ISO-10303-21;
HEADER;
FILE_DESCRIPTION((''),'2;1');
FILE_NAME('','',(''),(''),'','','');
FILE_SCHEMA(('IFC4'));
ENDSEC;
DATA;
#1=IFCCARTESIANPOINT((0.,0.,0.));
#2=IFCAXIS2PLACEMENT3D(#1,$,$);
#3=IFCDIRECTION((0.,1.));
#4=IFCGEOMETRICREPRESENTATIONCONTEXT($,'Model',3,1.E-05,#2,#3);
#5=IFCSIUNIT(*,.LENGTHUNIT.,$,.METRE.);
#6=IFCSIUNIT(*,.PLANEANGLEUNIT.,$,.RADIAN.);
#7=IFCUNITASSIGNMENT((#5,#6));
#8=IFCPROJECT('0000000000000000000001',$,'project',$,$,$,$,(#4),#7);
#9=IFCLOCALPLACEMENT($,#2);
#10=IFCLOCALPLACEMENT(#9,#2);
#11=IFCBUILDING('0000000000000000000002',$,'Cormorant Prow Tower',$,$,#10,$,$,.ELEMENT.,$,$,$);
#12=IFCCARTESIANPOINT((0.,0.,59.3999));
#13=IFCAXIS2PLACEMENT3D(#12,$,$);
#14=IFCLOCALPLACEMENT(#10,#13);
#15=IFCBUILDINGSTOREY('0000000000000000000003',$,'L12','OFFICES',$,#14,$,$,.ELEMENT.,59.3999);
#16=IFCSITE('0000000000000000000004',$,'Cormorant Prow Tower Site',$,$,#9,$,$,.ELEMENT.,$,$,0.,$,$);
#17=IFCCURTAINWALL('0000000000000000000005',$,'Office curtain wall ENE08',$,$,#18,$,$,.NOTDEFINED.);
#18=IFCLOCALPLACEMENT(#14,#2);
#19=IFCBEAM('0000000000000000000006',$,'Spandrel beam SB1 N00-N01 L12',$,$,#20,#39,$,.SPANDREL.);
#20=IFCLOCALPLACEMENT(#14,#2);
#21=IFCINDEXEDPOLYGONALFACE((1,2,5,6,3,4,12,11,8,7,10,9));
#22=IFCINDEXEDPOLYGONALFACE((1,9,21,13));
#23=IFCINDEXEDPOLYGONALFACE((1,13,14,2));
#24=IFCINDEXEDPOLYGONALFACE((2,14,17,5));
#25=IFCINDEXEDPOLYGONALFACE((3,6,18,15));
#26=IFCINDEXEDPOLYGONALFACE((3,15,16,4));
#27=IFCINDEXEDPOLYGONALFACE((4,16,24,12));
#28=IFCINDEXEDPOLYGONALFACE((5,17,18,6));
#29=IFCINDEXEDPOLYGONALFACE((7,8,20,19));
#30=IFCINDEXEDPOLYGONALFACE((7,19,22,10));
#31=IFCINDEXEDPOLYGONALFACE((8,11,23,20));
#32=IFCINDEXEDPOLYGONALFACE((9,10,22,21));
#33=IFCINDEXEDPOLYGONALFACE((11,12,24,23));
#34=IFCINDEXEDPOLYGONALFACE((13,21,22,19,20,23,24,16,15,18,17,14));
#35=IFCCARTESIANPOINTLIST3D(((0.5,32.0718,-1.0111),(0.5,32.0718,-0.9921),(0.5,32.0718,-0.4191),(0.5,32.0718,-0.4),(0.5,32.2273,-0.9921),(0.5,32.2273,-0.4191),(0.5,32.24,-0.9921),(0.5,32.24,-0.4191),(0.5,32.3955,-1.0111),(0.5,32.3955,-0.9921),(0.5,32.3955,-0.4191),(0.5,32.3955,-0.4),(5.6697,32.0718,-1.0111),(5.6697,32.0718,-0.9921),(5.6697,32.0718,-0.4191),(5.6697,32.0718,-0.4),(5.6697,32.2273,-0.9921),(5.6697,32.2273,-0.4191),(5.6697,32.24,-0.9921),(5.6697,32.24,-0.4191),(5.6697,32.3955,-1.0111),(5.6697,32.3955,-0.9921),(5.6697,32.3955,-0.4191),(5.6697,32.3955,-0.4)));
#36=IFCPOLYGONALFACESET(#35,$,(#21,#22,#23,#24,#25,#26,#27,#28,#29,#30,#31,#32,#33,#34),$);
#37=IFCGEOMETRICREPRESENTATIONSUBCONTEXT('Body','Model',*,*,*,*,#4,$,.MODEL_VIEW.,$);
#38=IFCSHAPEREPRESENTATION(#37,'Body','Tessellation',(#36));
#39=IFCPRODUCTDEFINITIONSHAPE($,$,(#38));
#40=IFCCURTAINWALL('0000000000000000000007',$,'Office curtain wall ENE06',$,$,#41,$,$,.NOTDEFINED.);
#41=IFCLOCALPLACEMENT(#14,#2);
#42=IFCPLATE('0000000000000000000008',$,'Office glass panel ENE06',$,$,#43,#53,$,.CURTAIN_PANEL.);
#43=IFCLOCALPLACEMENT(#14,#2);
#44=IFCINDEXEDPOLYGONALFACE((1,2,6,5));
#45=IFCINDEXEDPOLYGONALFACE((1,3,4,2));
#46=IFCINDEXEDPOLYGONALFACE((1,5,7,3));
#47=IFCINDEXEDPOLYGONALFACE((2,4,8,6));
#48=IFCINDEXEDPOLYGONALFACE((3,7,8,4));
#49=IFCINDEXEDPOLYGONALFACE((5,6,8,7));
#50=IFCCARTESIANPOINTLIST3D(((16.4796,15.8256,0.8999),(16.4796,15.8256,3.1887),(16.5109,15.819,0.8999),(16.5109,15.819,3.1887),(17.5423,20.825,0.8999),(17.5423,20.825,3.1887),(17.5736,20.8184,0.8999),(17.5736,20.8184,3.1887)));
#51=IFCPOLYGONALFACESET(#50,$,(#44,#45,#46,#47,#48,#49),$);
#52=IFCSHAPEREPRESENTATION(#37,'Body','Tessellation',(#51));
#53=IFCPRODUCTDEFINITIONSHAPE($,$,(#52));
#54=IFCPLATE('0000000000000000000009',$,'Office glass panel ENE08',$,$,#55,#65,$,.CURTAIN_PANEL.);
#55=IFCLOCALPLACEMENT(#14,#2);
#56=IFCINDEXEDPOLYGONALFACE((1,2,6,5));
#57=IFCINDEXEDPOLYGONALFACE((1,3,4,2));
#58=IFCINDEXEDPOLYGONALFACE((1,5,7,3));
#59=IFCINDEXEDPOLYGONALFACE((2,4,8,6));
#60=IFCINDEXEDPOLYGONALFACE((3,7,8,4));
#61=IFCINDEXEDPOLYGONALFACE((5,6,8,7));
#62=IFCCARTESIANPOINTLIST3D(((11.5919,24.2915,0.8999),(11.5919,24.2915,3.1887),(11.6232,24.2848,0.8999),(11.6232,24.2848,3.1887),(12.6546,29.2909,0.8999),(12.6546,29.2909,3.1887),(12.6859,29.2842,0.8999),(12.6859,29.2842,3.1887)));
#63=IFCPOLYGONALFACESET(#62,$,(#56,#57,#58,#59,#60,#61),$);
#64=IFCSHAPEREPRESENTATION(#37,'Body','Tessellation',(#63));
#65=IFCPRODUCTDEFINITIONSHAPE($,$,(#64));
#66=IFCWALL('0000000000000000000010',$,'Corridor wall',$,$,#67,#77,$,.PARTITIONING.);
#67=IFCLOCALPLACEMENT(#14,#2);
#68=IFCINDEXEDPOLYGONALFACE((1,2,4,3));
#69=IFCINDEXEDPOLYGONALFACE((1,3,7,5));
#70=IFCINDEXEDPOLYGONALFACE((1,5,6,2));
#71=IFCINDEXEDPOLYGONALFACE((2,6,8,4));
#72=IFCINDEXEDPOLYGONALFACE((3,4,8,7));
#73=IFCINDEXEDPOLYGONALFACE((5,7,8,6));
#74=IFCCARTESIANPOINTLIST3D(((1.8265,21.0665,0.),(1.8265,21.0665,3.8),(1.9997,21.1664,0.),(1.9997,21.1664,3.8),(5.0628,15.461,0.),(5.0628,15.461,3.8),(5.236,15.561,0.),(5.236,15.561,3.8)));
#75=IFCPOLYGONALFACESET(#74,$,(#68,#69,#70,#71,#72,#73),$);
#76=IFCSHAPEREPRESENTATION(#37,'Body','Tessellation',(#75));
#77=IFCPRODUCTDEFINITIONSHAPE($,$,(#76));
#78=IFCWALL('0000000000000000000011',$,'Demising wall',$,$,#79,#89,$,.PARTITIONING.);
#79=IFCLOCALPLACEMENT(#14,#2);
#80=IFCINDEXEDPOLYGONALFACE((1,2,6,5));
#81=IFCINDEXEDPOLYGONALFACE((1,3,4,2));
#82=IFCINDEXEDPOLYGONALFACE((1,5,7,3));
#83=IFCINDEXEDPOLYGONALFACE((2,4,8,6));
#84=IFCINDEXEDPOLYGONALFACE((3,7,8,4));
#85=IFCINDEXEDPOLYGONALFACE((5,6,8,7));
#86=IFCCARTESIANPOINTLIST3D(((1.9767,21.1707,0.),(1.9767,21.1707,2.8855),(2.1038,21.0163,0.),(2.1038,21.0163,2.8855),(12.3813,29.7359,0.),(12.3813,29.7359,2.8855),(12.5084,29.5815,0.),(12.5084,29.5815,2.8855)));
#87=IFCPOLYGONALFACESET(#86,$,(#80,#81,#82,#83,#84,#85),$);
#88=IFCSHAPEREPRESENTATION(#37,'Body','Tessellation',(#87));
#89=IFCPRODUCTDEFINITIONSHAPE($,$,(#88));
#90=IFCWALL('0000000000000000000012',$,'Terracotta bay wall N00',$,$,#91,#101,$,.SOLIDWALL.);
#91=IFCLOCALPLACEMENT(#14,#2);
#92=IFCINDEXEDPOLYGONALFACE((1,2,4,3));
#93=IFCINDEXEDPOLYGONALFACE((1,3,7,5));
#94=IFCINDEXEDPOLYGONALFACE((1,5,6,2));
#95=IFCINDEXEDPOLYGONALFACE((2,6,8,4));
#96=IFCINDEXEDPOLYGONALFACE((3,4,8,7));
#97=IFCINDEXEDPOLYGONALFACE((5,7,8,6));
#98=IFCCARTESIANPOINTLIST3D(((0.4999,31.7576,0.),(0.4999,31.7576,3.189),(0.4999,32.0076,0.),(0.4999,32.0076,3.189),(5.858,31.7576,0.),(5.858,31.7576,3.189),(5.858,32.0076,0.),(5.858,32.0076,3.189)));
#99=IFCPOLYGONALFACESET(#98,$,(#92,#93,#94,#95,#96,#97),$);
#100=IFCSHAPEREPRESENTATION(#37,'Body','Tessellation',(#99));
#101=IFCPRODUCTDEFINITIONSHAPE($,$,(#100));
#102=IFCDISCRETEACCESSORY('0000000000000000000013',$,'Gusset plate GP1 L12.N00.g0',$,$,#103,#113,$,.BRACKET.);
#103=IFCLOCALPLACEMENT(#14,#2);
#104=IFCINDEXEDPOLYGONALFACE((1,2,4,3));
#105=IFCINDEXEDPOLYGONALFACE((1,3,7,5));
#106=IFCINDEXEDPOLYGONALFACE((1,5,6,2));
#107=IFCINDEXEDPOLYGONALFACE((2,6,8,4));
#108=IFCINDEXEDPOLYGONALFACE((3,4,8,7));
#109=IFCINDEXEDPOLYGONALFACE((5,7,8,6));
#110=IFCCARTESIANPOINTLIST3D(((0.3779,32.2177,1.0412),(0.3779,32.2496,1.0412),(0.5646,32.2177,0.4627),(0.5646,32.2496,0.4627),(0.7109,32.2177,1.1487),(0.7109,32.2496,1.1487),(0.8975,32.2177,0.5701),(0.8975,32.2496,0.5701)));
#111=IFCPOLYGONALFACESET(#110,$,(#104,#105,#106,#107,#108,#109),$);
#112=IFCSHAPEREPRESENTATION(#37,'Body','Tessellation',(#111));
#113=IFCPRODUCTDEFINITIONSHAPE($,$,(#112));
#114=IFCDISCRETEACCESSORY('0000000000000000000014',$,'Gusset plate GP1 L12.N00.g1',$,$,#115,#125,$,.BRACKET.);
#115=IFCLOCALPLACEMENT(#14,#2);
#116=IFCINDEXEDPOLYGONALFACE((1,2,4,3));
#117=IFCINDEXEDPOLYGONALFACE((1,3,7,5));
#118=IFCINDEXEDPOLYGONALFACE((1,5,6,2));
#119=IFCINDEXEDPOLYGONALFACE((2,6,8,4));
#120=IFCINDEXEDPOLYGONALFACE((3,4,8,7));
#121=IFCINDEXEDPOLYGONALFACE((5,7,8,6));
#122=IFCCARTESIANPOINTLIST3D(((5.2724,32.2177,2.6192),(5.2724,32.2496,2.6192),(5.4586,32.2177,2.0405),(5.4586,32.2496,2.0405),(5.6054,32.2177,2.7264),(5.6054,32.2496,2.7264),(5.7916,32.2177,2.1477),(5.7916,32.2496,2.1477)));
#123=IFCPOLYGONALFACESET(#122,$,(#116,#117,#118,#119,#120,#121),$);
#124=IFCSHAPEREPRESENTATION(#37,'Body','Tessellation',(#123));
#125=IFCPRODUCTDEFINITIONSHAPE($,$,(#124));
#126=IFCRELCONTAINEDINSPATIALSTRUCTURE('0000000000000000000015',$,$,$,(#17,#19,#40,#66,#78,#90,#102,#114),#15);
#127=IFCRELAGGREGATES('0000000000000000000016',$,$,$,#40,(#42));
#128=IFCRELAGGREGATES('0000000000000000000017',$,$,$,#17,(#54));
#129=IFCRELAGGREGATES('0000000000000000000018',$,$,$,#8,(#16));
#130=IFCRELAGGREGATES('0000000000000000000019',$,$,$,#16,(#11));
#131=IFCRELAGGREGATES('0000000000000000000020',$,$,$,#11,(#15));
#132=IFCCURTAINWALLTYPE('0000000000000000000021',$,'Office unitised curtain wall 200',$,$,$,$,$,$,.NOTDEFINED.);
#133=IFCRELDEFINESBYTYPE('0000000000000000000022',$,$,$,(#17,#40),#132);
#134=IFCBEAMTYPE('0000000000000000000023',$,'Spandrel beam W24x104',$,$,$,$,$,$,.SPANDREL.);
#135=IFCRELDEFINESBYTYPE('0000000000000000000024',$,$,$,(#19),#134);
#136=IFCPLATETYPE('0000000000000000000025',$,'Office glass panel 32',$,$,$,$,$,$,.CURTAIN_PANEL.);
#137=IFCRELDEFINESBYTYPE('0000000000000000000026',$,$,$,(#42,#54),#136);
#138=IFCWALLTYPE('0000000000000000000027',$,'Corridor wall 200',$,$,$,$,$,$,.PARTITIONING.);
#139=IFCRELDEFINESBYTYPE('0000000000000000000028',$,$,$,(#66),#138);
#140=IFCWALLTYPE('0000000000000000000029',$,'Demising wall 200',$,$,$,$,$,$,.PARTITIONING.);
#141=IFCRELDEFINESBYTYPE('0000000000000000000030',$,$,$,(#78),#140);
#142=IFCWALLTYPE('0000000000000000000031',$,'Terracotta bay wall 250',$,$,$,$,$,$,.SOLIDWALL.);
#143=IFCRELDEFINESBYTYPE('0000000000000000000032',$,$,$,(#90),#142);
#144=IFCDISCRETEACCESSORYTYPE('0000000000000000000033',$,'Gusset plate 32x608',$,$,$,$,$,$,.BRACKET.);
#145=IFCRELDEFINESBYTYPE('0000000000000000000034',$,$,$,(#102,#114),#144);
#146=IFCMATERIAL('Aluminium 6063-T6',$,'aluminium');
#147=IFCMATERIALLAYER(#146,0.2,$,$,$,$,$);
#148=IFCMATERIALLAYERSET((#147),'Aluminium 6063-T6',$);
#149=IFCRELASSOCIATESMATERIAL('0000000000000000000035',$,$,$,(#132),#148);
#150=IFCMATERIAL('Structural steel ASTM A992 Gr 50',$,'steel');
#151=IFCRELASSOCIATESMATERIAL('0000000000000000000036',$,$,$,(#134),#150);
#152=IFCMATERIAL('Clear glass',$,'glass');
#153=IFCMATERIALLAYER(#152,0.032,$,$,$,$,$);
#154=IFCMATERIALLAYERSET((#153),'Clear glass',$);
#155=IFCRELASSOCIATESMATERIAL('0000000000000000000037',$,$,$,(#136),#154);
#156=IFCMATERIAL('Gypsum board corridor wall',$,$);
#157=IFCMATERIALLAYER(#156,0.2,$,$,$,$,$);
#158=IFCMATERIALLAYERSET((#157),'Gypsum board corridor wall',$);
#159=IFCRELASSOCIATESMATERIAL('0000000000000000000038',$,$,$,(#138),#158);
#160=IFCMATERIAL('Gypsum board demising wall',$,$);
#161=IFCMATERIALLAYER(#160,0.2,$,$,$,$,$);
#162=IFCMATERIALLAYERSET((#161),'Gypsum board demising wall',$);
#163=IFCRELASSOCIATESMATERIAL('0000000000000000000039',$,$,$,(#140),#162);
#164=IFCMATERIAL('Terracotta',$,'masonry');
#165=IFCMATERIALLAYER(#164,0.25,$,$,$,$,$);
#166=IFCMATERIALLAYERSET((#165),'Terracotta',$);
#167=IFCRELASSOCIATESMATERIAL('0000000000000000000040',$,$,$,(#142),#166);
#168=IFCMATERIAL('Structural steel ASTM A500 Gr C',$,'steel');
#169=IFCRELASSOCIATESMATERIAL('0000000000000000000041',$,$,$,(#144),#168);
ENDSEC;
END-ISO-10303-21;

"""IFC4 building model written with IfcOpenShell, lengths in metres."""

from ifc_helpers import new_model, si_unit, direction, frame, frame_2d, origin, origin_2d, place, context, subcontext, project, spatial, rectangle, i_section, extrude, material, layer, layer_set, material_profile, profile_set, type_object, element, aggregate, save


model = new_model("IFC4")

# Units and contexts
model_context = context("Model", 3, precision=1e-05, world=origin(), true_north=direction((0.0, 1.0)))
body_context = subcontext(model_context, "Body", "Model", "MODEL_VIEW")
ifc_project = project(units=[si_unit("LENGTHUNIT", "METRE"), si_unit("PLANEANGLEUNIT", "RADIAN")], contexts=[model_context])

# Site, building, storey
site_placement = place(None, origin())
site = spatial("IfcSite", under=ifc_project, at=site_placement, Name="Cormorant Prow Tower Site", CompositionType="ELEMENT", RefElevation=0.0)
building_placement = place(site_placement, origin())
building = spatial("IfcBuilding", under=site, at=building_placement, Name="Cormorant Prow Tower", CompositionType="ELEMENT")
storey_placement = place(building_placement, frame((0.0, 0.0, 59.3999)))
storey = spatial("IfcBuildingStorey", under=building, at=storey_placement, Name="L12", Description="OFFICES", CompositionType="ELEMENT", Elevation=59.3999)

# Curtain wall
ifc_material_1 = material(Name="Aluminium 6063-T6", Category="aluminium")
ifc_layer_1 = layer(ifc_material_1, 0.2)
ifc_layer_set_1 = layer_set([ifc_layer_1], Name="Aluminium 6063-T6")
curtain_wall_type = type_object("IfcCurtainWallType", Name="Office unitised curtain wall 200", PredefinedType="NOTDEFINED", material=ifc_layer_set_1)
curtain_wall_1_placement = place(storey_placement, origin())
curtain_wall_1 = element("IfcCurtainWall", 1, at=curtain_wall_1_placement, inside=storey, type_object=curtain_wall_type, Name="Office curtain wall ENE08", PredefinedType="NOTDEFINED")

# Beam
ifc_material_2 = material(Name="Structural steel ASTM A992 Gr 50", Category="steel")
ifc_material_profile_1 = material_profile(ifc_material_2, i_section(OverallWidth=0.3237, OverallDepth=0.6111, WebThickness=0.0127, FlangeThickness=0.019, at=origin_2d()), Name="W24x104")
ifc_profile_set_1 = profile_set([ifc_material_profile_1], Name="Structural steel ASTM A992 Gr 50")
beam_type = type_object("IfcBeamType", Name="Spandrel beam W24x104", PredefinedType="SPANDREL", material=ifc_profile_set_1)
beam_1_placement = place(storey_placement, frame((5.6697, 32.2336, -0.7056), z_axis=(-1.0, 0.0, 0.0), x_axis=(0.0, -1.0, 0.0)))
element("IfcBeam", 2, at=beam_1_placement, inside=storey, type_object=beam_type, Name="Spandrel beam SB1 N00-N01 L12", PredefinedType="SPANDREL", context=body_context, shape_type="SweptSolid", body=[
    extrude(i_section(OverallWidth=0.3237, OverallDepth=0.6111, WebThickness=0.0127, FlangeThickness=0.019, at=origin_2d()), origin(), (0.0, 0.0, 1.0), 5.1697),
])

# Curtain wall, plate
curtain_wall_2_placement = place(storey_placement, origin())
curtain_wall_2 = element("IfcCurtainWall", 3, at=curtain_wall_2_placement, inside=storey, type_object=curtain_wall_type, Name="Office curtain wall ENE06", PredefinedType="NOTDEFINED")
ifc_material_3 = material(Name="Clear glass", Category="glass")
ifc_layer_2 = layer(ifc_material_3, 0.032)
ifc_layer_set_2 = layer_set([ifc_layer_2], Name="Clear glass")
plate_type = type_object("IfcPlateType", Name="Office glass panel 32", PredefinedType="CURTAIN_PANEL", material=ifc_layer_set_2)
plate_1_placement = place(storey_placement, frame((17.0266, 18.322, 0.8999), z_axis=(0.0, 0.0, 1.0), x_axis=(0.207912, 0.978148, 0.0)))
plate_1 = element("IfcPlate", 4, at=plate_1_placement, type_object=plate_type, Name="Office glass panel ENE06", PredefinedType="CURTAIN_PANEL", context=body_context, shape_type="SweptSolid", body=[
    extrude(rectangle(XDim=5.1111, YDim=0.032, at=origin_2d()), origin(), (0.0, 0.0, 1.0), 2.2888),
])
aggregate(curtain_wall_2, [plate_1])

# Plate
plate_2_placement = place(storey_placement, frame((12.1389, 26.7878, 0.8999), z_axis=(0.0, 0.0, 1.0), x_axis=(0.207912, 0.978148, 0.0)))
plate_2 = element("IfcPlate", 5, at=plate_2_placement, type_object=plate_type, Name="Office glass panel ENE08", PredefinedType="CURTAIN_PANEL", context=body_context, shape_type="SweptSolid", body=[
    extrude(rectangle(XDim=5.1111, YDim=0.032, at=origin_2d()), origin(), (0.0, 0.0, 1.0), 2.2888),
])
aggregate(curtain_wall_1, [plate_2])

# Walls
ifc_material_4 = material(Name="Gypsum board corridor wall")
ifc_layer_3 = layer(ifc_material_4, 0.2)
ifc_layer_set_3 = layer_set([ifc_layer_3], Name="Gypsum board corridor wall")
wall_type_1 = type_object("IfcWallType", Name="Corridor wall 200", PredefinedType="PARTITIONING", material=ifc_layer_set_3)
wall_1_placement = place(storey_placement, frame((1.9131, 21.1165, 0.0), z_axis=(0.0, 0.0, 1.0), x_axis=(0.500001, -0.866025, 0.0)))
element("IfcWall", 6, at=wall_1_placement, inside=storey, type_object=wall_type_1, Name="Corridor wall", PredefinedType="PARTITIONING", context=body_context, shape_type="SweptSolid", body=[
    extrude(rectangle(XDim=6.4727, YDim=0.2, at=frame_2d((3.2363, 0.0))), origin(), (0.0, 0.0, 1.0), 3.8),
])
ifc_material_5 = material(Name="Gypsum board demising wall")
ifc_layer_4 = layer(ifc_material_5, 0.2)
ifc_layer_set_4 = layer_set([ifc_layer_4], Name="Gypsum board demising wall")
wall_type_2 = type_object("IfcWallType", Name="Demising wall 200", PredefinedType="PARTITIONING", material=ifc_layer_set_4)
wall_2_placement = place(storey_placement, frame((2.0403, 21.0935, 0.0), z_axis=(0.0, 0.0, 1.0), x_axis=(0.772049, 0.635563, 0.0)))
element("IfcWall", 7, at=wall_2_placement, inside=storey, type_object=wall_type_2, Name="Demising wall", PredefinedType="PARTITIONING", context=body_context, shape_type="SweptSolid", body=[
    extrude(rectangle(XDim=13.4766, YDim=0.2, at=frame_2d((6.7383, 0.0))), origin(), (0.0, 0.0, 1.0), 2.8855),
])
ifc_material_6 = material(Name="Terracotta", Category="masonry")
ifc_layer_5 = layer(ifc_material_6, 0.25)
ifc_layer_set_5 = layer_set([ifc_layer_5], Name="Terracotta")
wall_type_3 = type_object("IfcWallType", Name="Terracotta bay wall 250", PredefinedType="SOLIDWALL", material=ifc_layer_set_5)
wall_3_placement = place(storey_placement, frame((5.8582, 31.8826, 0.0), z_axis=(0.0, 0.0, 1.0), x_axis=(-1.0, 0.0, 0.0)))
element("IfcWall", 8, at=wall_3_placement, inside=storey, type_object=wall_type_3, Name="Terracotta bay wall N00", PredefinedType="SOLIDWALL", context=body_context, shape_type="SweptSolid", body=[
    extrude(rectangle(XDim=5.3582, YDim=0.25, at=frame_2d((2.6792, 0.0))), origin(), (0.0, 0.0, 1.0), 3.189),
])

# Discrete accessories
ifc_material_7 = material(Name="Structural steel ASTM A500 Gr C", Category="steel")
ifc_material_profile_2 = material_profile(ifc_material_7, rectangle(XDim=0.032, YDim=0.6079, at=origin_2d()), Name="Gusset plate 32x608")
ifc_profile_set_2 = profile_set([ifc_material_profile_2], Name="Structural steel ASTM A500 Gr C")
discrete_accessory_type = type_object("IfcDiscreteAccessoryType", Name="Gusset plate 32x608", PredefinedType="BRACKET", material=ifc_profile_set_2)
for number, where, z_axis, x_axis, name in (
    (9, (0.8042, 32.2336, 0.8594), (-0.951709, 0.0, -0.307003), (0.0, -1.0, 0.0), "Gusset plate GP1 L12.N00.g0"),
    (10, (5.3655, 32.2336, 2.3298), (0.951912, 0.0, 0.306371), (0.0, 1.0, 0.0), "Gusset plate GP1 L12.N00.g1"),
):
    element("IfcDiscreteAccessory", number, at=place(storey_placement, frame(where, z_axis=z_axis, x_axis=x_axis)), inside=storey, type_object=discrete_accessory_type, Name=name, PredefinedType="BRACKET", context=body_context, shape_type="SweptSolid", body=[
        extrude(rectangle(XDim=0.032, YDim=0.6079, at=origin_2d()), origin(), (0.0, 0.0, 1.0), 0.3499),
    ])

save(model, "model.ifc")
